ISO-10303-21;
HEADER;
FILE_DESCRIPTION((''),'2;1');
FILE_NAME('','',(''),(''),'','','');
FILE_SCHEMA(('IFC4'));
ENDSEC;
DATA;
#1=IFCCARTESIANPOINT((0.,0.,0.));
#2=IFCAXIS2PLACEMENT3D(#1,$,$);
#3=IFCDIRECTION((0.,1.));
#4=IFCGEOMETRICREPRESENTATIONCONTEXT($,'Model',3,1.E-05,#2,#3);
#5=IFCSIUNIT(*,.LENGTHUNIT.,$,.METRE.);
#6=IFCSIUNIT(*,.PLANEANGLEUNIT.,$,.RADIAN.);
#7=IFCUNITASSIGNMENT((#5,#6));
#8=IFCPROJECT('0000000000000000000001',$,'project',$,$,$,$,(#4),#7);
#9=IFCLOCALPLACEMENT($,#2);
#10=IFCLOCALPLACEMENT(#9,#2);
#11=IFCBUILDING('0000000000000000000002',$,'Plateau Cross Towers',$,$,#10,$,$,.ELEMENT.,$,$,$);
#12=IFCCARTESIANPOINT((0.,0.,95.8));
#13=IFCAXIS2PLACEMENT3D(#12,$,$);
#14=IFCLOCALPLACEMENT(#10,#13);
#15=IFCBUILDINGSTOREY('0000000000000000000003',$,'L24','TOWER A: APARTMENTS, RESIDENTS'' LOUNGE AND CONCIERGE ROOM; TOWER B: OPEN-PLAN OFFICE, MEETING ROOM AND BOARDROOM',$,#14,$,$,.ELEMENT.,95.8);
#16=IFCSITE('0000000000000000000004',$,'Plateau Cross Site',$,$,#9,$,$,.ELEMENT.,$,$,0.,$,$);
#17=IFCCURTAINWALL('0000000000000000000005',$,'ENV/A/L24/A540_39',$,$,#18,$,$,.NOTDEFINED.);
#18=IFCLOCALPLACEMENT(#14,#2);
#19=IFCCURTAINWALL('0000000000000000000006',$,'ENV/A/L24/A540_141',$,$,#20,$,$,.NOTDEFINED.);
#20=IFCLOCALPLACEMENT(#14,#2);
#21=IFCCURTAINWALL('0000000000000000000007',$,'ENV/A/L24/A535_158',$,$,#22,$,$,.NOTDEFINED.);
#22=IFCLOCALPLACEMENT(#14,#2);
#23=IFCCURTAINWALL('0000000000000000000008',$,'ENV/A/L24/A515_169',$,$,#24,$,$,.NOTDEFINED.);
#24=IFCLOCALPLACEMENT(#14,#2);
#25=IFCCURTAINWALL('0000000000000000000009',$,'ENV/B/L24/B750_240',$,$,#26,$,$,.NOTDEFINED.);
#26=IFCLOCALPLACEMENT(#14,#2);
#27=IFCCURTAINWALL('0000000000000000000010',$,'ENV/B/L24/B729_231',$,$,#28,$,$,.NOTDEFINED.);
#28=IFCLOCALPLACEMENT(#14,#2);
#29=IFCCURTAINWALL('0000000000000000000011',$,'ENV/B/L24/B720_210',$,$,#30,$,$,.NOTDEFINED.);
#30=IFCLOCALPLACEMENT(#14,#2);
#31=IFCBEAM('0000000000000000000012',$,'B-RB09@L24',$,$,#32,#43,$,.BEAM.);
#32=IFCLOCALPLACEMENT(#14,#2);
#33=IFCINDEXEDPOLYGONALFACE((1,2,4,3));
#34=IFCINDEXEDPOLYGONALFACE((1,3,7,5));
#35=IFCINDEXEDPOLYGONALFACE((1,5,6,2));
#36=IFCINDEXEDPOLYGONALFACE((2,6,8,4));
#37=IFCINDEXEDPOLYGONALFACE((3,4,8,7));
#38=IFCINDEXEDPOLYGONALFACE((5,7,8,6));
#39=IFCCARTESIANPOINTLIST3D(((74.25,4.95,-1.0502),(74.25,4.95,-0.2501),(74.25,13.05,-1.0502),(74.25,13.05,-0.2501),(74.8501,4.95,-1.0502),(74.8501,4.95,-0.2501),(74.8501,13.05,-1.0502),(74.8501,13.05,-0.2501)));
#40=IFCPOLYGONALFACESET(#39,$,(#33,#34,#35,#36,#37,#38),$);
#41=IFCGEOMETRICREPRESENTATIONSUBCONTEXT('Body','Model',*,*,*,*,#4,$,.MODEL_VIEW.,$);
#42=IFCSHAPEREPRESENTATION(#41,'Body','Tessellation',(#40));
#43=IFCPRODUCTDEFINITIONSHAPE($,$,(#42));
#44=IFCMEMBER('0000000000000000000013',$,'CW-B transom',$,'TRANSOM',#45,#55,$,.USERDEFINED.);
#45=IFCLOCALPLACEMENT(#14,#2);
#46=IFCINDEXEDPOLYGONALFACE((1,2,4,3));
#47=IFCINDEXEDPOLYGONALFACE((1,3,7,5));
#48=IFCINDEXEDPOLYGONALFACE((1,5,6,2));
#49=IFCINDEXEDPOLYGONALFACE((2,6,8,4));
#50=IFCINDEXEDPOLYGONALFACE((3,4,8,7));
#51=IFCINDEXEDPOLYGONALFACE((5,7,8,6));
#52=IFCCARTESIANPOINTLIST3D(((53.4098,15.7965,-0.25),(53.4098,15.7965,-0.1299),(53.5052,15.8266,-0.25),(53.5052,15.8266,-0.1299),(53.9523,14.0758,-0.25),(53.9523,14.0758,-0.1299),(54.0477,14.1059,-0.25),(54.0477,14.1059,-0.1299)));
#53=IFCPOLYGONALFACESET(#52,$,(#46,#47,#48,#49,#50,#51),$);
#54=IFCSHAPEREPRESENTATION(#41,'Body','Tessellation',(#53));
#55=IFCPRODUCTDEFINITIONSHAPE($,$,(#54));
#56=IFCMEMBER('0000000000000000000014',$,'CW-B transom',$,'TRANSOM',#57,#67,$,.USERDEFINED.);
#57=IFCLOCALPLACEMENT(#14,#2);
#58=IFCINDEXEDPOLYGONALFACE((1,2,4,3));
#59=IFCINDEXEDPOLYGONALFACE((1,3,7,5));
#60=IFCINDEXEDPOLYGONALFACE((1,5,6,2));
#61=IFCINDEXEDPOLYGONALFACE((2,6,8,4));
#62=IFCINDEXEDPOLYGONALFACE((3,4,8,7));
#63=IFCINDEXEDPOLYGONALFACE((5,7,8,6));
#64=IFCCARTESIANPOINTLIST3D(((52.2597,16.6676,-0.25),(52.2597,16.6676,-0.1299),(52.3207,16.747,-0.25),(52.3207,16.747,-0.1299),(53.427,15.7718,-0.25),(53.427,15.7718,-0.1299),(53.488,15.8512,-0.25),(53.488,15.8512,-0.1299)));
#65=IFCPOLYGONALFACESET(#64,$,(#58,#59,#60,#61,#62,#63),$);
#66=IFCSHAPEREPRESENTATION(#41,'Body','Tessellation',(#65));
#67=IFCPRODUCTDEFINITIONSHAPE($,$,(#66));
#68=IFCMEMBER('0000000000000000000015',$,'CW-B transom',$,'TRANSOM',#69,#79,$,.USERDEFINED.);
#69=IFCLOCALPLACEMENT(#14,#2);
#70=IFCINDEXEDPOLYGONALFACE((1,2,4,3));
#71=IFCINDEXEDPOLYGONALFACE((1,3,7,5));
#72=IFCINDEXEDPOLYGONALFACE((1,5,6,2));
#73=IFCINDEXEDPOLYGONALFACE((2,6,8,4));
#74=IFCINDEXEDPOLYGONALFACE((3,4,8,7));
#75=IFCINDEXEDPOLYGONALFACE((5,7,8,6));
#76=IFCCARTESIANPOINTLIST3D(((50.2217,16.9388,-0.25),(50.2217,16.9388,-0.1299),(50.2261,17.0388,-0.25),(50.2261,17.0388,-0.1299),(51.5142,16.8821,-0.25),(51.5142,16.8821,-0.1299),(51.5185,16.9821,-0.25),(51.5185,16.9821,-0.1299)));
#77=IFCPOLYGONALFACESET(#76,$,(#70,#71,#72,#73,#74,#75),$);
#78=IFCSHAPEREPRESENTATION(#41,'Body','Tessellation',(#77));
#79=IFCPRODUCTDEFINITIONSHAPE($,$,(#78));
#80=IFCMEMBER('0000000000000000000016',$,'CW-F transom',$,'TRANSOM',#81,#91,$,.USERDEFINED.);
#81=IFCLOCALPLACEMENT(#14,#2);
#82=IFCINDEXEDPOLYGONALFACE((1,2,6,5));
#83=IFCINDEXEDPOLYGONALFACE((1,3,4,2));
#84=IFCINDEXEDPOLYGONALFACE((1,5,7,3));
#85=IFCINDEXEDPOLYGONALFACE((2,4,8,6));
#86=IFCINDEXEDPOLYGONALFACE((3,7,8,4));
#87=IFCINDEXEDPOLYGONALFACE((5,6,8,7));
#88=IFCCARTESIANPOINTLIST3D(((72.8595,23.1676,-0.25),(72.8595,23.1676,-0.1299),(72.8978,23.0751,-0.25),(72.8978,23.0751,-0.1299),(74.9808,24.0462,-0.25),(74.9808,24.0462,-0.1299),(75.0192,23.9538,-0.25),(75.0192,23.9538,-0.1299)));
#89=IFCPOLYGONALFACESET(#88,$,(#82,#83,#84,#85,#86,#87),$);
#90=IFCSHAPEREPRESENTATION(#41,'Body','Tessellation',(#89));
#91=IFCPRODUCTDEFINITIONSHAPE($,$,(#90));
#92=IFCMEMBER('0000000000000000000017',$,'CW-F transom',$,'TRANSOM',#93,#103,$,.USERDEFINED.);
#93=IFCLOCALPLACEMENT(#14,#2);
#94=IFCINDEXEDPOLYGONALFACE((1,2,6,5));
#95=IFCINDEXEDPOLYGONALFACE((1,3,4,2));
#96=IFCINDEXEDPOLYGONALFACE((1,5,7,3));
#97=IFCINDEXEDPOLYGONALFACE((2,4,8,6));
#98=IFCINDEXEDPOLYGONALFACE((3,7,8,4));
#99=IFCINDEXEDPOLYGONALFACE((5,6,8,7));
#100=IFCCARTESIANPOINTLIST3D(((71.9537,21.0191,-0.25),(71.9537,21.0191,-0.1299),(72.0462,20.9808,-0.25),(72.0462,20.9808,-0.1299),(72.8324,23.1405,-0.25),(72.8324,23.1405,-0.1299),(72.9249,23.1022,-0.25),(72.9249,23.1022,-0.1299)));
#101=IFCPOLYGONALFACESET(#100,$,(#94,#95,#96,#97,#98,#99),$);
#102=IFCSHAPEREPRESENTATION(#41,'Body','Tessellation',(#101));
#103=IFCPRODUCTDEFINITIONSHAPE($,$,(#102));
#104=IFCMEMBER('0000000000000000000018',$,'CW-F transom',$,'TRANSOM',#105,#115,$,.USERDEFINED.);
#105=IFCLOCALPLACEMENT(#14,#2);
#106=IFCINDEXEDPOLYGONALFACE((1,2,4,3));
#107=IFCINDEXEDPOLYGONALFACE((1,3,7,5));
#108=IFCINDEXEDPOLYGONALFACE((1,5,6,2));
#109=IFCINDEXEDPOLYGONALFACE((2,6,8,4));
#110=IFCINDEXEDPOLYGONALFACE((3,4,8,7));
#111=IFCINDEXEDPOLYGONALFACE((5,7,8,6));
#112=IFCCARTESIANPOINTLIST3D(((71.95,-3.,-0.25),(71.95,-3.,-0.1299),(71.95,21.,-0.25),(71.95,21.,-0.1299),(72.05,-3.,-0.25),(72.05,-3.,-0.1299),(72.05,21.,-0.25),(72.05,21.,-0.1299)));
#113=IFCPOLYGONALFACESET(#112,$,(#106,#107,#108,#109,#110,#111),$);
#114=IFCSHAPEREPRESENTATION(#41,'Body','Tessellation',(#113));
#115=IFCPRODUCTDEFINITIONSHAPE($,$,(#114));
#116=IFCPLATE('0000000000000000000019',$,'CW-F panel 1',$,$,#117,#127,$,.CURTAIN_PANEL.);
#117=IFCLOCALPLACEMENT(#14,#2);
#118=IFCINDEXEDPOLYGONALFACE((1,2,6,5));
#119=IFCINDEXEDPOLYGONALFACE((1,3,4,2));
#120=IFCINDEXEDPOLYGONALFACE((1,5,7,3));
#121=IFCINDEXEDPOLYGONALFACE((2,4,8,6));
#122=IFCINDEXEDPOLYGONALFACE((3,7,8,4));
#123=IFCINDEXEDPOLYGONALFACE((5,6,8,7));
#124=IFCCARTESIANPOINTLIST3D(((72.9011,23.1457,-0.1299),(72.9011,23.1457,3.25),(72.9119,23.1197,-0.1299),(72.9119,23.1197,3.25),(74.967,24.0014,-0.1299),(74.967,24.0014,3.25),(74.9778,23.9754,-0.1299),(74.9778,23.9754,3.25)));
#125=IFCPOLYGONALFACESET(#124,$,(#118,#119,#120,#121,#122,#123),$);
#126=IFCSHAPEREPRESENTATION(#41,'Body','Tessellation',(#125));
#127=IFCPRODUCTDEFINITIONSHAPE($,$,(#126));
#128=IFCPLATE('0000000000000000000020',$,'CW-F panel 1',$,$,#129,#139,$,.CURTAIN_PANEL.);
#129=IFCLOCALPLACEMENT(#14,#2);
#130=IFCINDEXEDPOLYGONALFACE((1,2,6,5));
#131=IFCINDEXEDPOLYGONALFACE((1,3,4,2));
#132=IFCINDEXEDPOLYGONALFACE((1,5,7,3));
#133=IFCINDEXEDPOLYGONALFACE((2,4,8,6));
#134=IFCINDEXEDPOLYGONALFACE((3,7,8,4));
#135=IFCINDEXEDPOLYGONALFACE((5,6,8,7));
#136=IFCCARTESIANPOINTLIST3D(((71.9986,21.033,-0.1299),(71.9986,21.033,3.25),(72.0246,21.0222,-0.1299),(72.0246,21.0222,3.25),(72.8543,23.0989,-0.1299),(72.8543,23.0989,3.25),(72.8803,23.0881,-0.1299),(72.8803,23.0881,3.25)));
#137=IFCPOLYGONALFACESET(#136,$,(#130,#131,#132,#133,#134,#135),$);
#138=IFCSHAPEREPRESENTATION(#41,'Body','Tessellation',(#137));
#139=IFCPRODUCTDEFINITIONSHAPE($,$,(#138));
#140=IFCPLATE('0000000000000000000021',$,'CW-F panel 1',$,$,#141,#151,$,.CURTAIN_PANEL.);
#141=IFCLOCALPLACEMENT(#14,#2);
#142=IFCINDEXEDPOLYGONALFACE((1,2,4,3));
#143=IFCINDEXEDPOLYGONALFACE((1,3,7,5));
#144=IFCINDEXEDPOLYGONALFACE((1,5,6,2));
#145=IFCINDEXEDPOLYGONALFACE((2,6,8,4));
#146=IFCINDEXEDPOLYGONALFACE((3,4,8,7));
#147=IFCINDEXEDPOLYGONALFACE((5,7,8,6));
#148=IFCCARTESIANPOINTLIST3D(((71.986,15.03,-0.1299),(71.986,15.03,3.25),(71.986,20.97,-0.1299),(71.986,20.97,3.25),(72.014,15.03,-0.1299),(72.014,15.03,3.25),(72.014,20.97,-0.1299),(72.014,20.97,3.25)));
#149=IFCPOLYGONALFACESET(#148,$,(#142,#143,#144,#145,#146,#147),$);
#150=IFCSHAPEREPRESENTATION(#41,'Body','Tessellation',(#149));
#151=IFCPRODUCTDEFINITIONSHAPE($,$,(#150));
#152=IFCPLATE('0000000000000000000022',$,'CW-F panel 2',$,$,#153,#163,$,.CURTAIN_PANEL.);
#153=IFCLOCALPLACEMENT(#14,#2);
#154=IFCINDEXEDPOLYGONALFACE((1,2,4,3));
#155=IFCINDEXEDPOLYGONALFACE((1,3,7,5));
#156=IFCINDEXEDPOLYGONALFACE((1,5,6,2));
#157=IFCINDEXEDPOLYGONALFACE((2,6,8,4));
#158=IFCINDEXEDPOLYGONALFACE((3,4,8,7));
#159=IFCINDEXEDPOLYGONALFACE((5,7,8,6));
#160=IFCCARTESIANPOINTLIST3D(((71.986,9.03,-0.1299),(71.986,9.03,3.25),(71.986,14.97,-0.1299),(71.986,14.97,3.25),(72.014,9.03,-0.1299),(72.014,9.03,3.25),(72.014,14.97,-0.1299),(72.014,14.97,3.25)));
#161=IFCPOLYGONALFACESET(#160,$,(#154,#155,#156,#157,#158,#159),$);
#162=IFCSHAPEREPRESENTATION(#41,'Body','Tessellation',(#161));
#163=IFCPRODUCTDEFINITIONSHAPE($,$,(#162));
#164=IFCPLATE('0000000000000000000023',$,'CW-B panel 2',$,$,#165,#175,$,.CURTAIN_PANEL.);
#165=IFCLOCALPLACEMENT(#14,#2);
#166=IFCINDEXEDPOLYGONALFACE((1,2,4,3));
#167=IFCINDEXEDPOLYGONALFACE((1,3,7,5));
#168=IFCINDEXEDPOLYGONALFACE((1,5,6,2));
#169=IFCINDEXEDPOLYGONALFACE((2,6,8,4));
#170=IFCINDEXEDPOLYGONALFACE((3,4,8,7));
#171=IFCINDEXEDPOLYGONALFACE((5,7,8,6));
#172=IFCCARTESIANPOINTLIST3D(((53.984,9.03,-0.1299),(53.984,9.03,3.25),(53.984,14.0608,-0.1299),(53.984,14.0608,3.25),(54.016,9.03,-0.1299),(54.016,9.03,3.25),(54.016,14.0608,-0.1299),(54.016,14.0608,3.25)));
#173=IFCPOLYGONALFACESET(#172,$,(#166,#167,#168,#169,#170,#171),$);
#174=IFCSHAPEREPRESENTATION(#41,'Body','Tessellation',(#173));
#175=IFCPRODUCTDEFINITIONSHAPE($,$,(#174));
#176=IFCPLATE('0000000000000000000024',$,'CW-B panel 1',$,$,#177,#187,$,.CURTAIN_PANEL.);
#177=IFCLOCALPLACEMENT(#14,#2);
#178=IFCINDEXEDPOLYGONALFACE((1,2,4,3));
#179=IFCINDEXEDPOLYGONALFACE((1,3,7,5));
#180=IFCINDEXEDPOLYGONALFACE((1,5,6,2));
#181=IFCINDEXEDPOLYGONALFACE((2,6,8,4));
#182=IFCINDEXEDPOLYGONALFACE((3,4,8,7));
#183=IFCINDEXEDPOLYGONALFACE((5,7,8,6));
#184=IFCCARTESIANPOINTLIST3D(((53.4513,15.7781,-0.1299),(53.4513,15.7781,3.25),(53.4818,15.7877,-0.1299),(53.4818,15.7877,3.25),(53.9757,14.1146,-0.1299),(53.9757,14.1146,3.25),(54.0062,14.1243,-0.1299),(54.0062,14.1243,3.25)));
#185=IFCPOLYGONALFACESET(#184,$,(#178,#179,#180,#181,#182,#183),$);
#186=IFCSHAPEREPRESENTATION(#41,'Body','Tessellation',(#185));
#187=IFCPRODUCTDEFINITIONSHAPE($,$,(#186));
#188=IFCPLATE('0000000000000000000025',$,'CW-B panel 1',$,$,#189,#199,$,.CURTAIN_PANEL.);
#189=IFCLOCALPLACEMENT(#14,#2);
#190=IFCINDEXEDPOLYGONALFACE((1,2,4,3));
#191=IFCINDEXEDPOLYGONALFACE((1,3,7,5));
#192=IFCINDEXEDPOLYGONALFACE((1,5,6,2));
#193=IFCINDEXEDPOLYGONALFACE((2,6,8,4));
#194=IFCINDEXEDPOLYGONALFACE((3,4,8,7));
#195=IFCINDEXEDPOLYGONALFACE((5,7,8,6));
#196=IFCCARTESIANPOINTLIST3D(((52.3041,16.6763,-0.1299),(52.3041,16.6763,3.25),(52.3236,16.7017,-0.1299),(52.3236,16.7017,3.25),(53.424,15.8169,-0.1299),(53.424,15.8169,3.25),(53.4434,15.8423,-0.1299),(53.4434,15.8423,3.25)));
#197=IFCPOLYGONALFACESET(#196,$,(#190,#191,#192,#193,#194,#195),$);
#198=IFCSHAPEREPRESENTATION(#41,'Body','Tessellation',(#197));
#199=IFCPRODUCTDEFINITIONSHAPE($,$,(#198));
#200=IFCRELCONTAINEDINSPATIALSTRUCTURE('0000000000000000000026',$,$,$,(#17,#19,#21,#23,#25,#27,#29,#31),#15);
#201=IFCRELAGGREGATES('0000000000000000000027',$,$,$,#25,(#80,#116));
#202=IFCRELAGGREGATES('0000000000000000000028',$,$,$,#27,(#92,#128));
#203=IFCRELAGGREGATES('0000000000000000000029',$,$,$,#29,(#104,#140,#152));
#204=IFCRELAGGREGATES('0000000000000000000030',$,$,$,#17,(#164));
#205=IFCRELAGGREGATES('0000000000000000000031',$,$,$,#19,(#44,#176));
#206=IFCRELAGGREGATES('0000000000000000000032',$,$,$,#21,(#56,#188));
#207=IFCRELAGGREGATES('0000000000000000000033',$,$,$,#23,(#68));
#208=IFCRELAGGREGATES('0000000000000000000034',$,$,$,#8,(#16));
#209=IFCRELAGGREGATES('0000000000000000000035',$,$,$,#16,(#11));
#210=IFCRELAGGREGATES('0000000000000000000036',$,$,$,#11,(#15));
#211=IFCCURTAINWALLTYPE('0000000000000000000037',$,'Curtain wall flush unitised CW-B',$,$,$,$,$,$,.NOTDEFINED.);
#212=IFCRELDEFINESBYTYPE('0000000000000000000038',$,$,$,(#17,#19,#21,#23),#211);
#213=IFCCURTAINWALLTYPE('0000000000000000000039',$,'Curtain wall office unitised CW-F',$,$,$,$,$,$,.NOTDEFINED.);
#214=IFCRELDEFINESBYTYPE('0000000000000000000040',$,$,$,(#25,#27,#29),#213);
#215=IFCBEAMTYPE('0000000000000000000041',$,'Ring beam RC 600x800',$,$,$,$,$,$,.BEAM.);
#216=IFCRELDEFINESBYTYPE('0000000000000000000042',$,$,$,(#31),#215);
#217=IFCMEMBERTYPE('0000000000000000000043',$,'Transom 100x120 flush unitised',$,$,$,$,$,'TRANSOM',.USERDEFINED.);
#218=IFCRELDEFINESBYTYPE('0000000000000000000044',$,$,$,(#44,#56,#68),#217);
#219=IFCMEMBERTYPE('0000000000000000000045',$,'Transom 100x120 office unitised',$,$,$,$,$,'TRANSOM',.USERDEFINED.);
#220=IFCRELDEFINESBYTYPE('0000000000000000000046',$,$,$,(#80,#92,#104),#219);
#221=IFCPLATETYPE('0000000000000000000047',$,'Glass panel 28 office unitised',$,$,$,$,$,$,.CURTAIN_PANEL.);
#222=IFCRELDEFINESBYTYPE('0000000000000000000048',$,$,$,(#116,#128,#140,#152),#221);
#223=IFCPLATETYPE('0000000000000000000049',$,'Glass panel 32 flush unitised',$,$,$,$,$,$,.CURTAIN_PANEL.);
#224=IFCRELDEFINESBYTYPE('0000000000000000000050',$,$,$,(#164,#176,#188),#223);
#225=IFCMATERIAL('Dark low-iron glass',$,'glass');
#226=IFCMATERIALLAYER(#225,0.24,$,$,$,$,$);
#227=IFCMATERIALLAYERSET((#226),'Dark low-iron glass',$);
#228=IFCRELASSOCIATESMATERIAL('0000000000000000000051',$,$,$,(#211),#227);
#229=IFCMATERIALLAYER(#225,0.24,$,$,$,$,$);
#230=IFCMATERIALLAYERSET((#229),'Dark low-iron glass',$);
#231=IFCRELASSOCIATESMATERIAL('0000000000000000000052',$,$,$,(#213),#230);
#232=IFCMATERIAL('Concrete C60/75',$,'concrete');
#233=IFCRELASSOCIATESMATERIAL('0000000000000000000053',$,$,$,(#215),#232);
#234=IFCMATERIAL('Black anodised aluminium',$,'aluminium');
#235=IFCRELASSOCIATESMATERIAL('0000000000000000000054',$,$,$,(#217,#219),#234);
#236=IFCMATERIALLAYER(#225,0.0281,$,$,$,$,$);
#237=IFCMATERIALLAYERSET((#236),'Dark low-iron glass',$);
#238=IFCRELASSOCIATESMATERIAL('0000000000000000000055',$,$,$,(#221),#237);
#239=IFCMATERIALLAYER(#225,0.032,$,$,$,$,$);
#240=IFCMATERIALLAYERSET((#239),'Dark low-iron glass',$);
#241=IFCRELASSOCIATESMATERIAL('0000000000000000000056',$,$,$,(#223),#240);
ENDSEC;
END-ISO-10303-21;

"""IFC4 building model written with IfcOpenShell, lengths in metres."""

from ifc_helpers import new_model, si_unit, direction, frame, origin, origin_2d, place, context, subcontext, project, spatial, rectangle, extrude, material, layer, layer_set, material_profile, profile_set, type_object, element, aggregate, save


model = new_model("IFC4")

# Units and contexts
model_context = context("Model", 3, precision=1e-05, world=origin(), true_north=direction((0.0, 1.0)))
body_context = subcontext(model_context, "Body", "Model", "MODEL_VIEW")
ifc_project = project(units=[si_unit("LENGTHUNIT", "METRE"), si_unit("PLANEANGLEUNIT", "RADIAN")], contexts=[model_context])

# Site, building, storey
site_placement = place(None, origin())
site = spatial("IfcSite", under=ifc_project, at=site_placement, Name="Plateau Cross Site", CompositionType="ELEMENT", RefElevation=0.0)
building_placement = place(site_placement, origin())
building = spatial("IfcBuilding", under=site, at=building_placement, Name="Plateau Cross Towers", CompositionType="ELEMENT")
storey_placement = place(building_placement, frame((0.0, 0.0, 95.8)))
storey = spatial("IfcBuildingStorey", under=building, at=storey_placement, Name="L24", Description="TOWER A: APARTMENTS, RESIDENTS' LOUNGE AND CONCIERGE ROOM; TOWER B: OPEN-PLAN OFFICE, MEETING ROOM AND BOARDROOM", CompositionType="ELEMENT", Elevation=95.8)

# Shared definitions
ifc_material_1 = material(Name="Concrete C60/75", Category="concrete")

# Curtain walls
ifc_material_2 = material(Name="Dark low-iron glass", Category="glass")
ifc_layer_1 = layer(ifc_material_2, 0.24)
ifc_layer_set_1 = layer_set([ifc_layer_1], Name="Dark low-iron glass")
curtain_wall_type_1 = type_object("IfcCurtainWallType", Name="Curtain wall flush unitised CW-B", PredefinedType="NOTDEFINED", material=ifc_layer_set_1)
curtain_wall_1_placement = place(storey_placement, origin())
curtain_wall_1 = element("IfcCurtainWall", 1, at=curtain_wall_1_placement, inside=storey, type_object=curtain_wall_type_1, Name="ENV/A/L24/A540_39", PredefinedType="NOTDEFINED")
ifc_material_3 = material(Name="Black anodised aluminium", Category="aluminium")
curtain_wall_2_placement = place(storey_placement, origin())
curtain_wall_2 = element("IfcCurtainWall", 2, at=curtain_wall_2_placement, inside=storey, type_object=curtain_wall_type_1, Name="ENV/A/L24/A540_141", PredefinedType="NOTDEFINED")

# Curtain wall
curtain_wall_3_placement = place(storey_placement, origin())
curtain_wall_3 = element("IfcCurtainWall", 3, at=curtain_wall_3_placement, inside=storey, type_object=curtain_wall_type_1, Name="ENV/A/L24/A535_158", PredefinedType="NOTDEFINED")

# Curtain walls
curtain_wall_4_placement = place(storey_placement, origin())
curtain_wall_4 = element("IfcCurtainWall", 4, at=curtain_wall_4_placement, inside=storey, type_object=curtain_wall_type_1, Name="ENV/A/L24/A515_169", PredefinedType="NOTDEFINED")
ifc_layer_2 = layer(ifc_material_2, 0.24)
ifc_layer_set_2 = layer_set([ifc_layer_2], Name="Dark low-iron glass")
curtain_wall_type_2 = type_object("IfcCurtainWallType", Name="Curtain wall office unitised CW-F", PredefinedType="NOTDEFINED", material=ifc_layer_set_2)
curtain_wall_5_placement = place(storey_placement, origin())
curtain_wall_5 = element("IfcCurtainWall", 5, at=curtain_wall_5_placement, inside=storey, type_object=curtain_wall_type_2, Name="ENV/B/L24/B750_240", PredefinedType="NOTDEFINED")
curtain_wall_6_placement = place(storey_placement, origin())
curtain_wall_6 = element("IfcCurtainWall", 6, at=curtain_wall_6_placement, inside=storey, type_object=curtain_wall_type_2, Name="ENV/B/L24/B729_231", PredefinedType="NOTDEFINED")

# Curtain wall
curtain_wall_7_placement = place(storey_placement, origin())
curtain_wall_7 = element("IfcCurtainWall", 7, at=curtain_wall_7_placement, inside=storey, type_object=curtain_wall_type_2, Name="ENV/B/L24/B720_210", PredefinedType="NOTDEFINED")

# Beam
ifc_material_profile_1 = material_profile(ifc_material_1, rectangle(XDim=0.6001, YDim=0.8, at=origin_2d()), Name="RC 600x800")
ifc_profile_set_1 = profile_set([ifc_material_profile_1], Name="Concrete C60/75")
beam_type = type_object("IfcBeamType", Name="Ring beam RC 600x800", PredefinedType="BEAM", material=ifc_profile_set_1)
for number, where, z_axis, x_axis, name in (
    (8, (74.55, 13.05, -0.6501), (0.0, -1.0, 0.0), (1.0, 0.0, 0.0), "B-RB09@L24"),
):
    element("IfcBeam", number, at=place(storey_placement, frame(where, z_axis=z_axis, x_axis=x_axis)), inside=storey, type_object=beam_type, Name=name, PredefinedType="BEAM", context=body_context, shape_type="SweptSolid", body=[
        extrude(rectangle(XDim=0.6001, YDim=0.8, at=origin_2d()), origin(), (0.0, 0.0, 1.0), 8.1001),
    ])

# Members
ifc_material_profile_2 = material_profile(ifc_material_3, rectangle(XDim=0.1001, YDim=0.1201, at=origin_2d()), Name="TRANSOM 100x120")
ifc_profile_set_2 = profile_set([ifc_material_profile_2], Name="Black anodised aluminium")
member_type_1 = type_object("IfcMemberType", Name="Transom 100x120 flush unitised", ElementType="TRANSOM", PredefinedType="USERDEFINED", material=ifc_profile_set_2)
member_1_placement = place(storey_placement, frame((54.0, 14.0908, -0.1899), z_axis=(-0.300678, 0.953726, 0.0), x_axis=(-0.953726, -0.300678, 0.0)))
member_1 = element("IfcMember", 9, at=member_1_placement, type_object=member_type_1, Name="CW-B transom", ObjectType="TRANSOM", PredefinedType="USERDEFINED", context=body_context, shape_type="SweptSolid", body=[
    extrude(rectangle(XDim=0.1001, YDim=0.1201, at=origin_2d()), origin(), (0.0, 0.0, 1.0), 1.8042),
])
member_2_placement = place(storey_placement, frame((53.4575, 15.8115, -0.1899), z_axis=(-0.793321, 0.608804, 0.0), x_axis=(-0.608804, -0.793321, 0.0)))
member_2 = element("IfcMember", 10, at=member_2_placement, type_object=member_type_1, Name="CW-B transom", ObjectType="TRANSOM", PredefinedType="USERDEFINED", context=body_context, shape_type="SweptSolid", body=[
    extrude(rectangle(XDim=0.1001, YDim=0.1201, at=origin_2d()), origin(), (0.0, 0.0, 1.0), 1.4714),
])
member_3_placement = place(storey_placement, frame((51.5164, 16.9321, -0.1899), z_axis=(-0.999041, 0.043781, 0.0), x_axis=(-0.043781, -0.999041, 0.0)))
member_3 = element("IfcMember", 11, at=member_3_placement, type_object=member_type_1, Name="CW-B transom", ObjectType="TRANSOM", PredefinedType="USERDEFINED", context=body_context, shape_type="SweptSolid", body=[
    extrude(rectangle(XDim=0.1001, YDim=0.1201, at=origin_2d()), origin(), (0.0, 0.0, 1.0), 1.2937),
])
ifc_material_profile_3 = material_profile(ifc_material_3, rectangle(XDim=0.1001, YDim=0.1201, at=origin_2d()), Name="TRANSOM 100x120")
ifc_profile_set_3 = profile_set([ifc_material_profile_3], Name="Black anodised aluminium")
member_type_2 = type_object("IfcMemberType", Name="Transom 100x120 office unitised", ElementType="TRANSOM", PredefinedType="USERDEFINED", material=ifc_profile_set_3)
member_4_placement = place(storey_placement, frame((75.0, 24.0, -0.1899), z_axis=(-0.923883, -0.382674, 0.0), x_axis=(0.382674, -0.923883, 0.0)))
member_4 = element("IfcMember", 12, at=member_4_placement, type_object=member_type_2, Name="CW-F transom", ObjectType="TRANSOM", PredefinedType="USERDEFINED", context=body_context, shape_type="SweptSolid", body=[
    extrude(rectangle(XDim=0.1001, YDim=0.1201, at=origin_2d()), origin(), (0.0, 0.0, 1.0), 2.2961),
])
member_5_placement = place(storey_placement, frame((72.8787, 23.1213, -0.1899), z_axis=(-0.382674, -0.923883, 0.0), x_axis=(0.923883, -0.382674, 0.0)))
member_5 = element("IfcMember", 13, at=member_5_placement, type_object=member_type_2, Name="CW-F transom", ObjectType="TRANSOM", PredefinedType="USERDEFINED", context=body_context, shape_type="SweptSolid", body=[
    extrude(rectangle(XDim=0.1001, YDim=0.1201, at=origin_2d()), origin(), (0.0, 0.0, 1.0), 2.2961),
])
member_6_placement = place(storey_placement, frame((72.0, 21.0, -0.1899), z_axis=(0.0, -1.0, 0.0), x_axis=(1.0, 0.0, 0.0)))
member_6 = element("IfcMember", 14, at=member_6_placement, type_object=member_type_2, Name="CW-F transom", ObjectType="TRANSOM", PredefinedType="USERDEFINED", context=body_context, shape_type="SweptSolid", body=[
    extrude(rectangle(XDim=0.1001, YDim=0.1201, at=origin_2d()), origin(), (0.0, 0.0, 1.0), 24.0),
])

# Plates
ifc_layer_3 = layer(ifc_material_2, 0.0281)
ifc_layer_set_3 = layer_set([ifc_layer_3], Name="Dark low-iron glass")
plate_type_1 = type_object("IfcPlateType", Name="Glass panel 28 office unitised", PredefinedType="CURTAIN_PANEL", material=ifc_layer_set_3)
plate_1_placement = place(storey_placement, frame((73.9395, 23.5605, -0.1299), z_axis=(0.0, 0.0, 1.0), x_axis=(-0.923879, -0.382684, 0.0)))
plate_1 = element("IfcPlate", 15, at=plate_1_placement, type_object=plate_type_1, Name="CW-F panel 1", PredefinedType="CURTAIN_PANEL", context=body_context, shape_type="SweptSolid", body=[
    extrude(rectangle(XDim=2.2361, YDim=0.0281, at=origin_2d()), origin(), (0.0, 0.0, 1.0), 3.3799),
])
aggregate(curtain_wall_5, [member_4, plate_1])
plate_2_placement = place(storey_placement, frame((72.4395, 22.0605, -0.1299), z_axis=(0.0, 0.0, 1.0), x_axis=(-0.382684, -0.923879, 0.0)))
plate_2 = element("IfcPlate", 16, at=plate_2_placement, type_object=plate_type_1, Name="CW-F panel 1", PredefinedType="CURTAIN_PANEL", context=body_context, shape_type="SweptSolid", body=[
    extrude(rectangle(XDim=2.2361, YDim=0.0281, at=origin_2d()), origin(), (0.0, 0.0, 1.0), 3.3799),
])
aggregate(curtain_wall_6, [member_5, plate_2])
plate_3_placement = place(storey_placement, frame((72.0, 18.0, -0.1299), z_axis=(0.0, 0.0, 1.0), x_axis=(0.0, -1.0, 0.0)))
plate_3 = element("IfcPlate", 17, at=plate_3_placement, type_object=plate_type_1, Name="CW-F panel 1", PredefinedType="CURTAIN_PANEL", context=body_context, shape_type="SweptSolid", body=[
    extrude(rectangle(XDim=5.9399, YDim=0.0281, at=origin_2d()), origin(), (0.0, 0.0, 1.0), 3.3799),
])
plate_4_placement = place(storey_placement, frame((72.0, 12.0, -0.1299), z_axis=(0.0, 0.0, 1.0), x_axis=(0.0, -1.0, 0.0)))
plate_4 = element("IfcPlate", 18, at=plate_4_placement, type_object=plate_type_1, Name="CW-F panel 2", PredefinedType="CURTAIN_PANEL", context=body_context, shape_type="SweptSolid", body=[
    extrude(rectangle(XDim=5.9399, YDim=0.0281, at=origin_2d()), origin(), (0.0, 0.0, 1.0), 3.3799),
])
aggregate(curtain_wall_7, [member_6, plate_3, plate_4])
ifc_layer_4 = layer(ifc_material_2, 0.032)
ifc_layer_set_4 = layer_set([ifc_layer_4], Name="Dark low-iron glass")
plate_type_2 = type_object("IfcPlateType", Name="Glass panel 32 flush unitised", PredefinedType="CURTAIN_PANEL", material=ifc_layer_set_4)
plate_5_placement = place(storey_placement, frame((54.0, 11.5454, -0.1299), z_axis=(0.0, 0.0, 1.0), x_axis=(0.0, 1.0, 0.0)))
plate_5 = element("IfcPlate", 19, at=plate_5_placement, type_object=plate_type_2, Name="CW-B panel 2", PredefinedType="CURTAIN_PANEL", context=body_context, shape_type="SweptSolid", body=[
    extrude(rectangle(XDim=5.0308, YDim=0.032, at=origin_2d()), origin(), (0.0, 0.0, 1.0), 3.3799),
])
aggregate(curtain_wall_1, [plate_5])
plate_6_placement = place(storey_placement, frame((53.7288, 14.9512, -0.1299), z_axis=(0.0, 0.0, 1.0), x_axis=(-0.300686, 0.953723, 0.0)))
plate_6 = element("IfcPlate", 20, at=plate_6_placement, type_object=plate_type_2, Name="CW-B panel 1", PredefinedType="CURTAIN_PANEL", context=body_context, shape_type="SweptSolid", body=[
    extrude(rectangle(XDim=1.7441, YDim=0.032, at=origin_2d()), origin(), (0.0, 0.0, 1.0), 3.3799),
])
aggregate(curtain_wall_2, [member_1, plate_6])
plate_7_placement = place(storey_placement, frame((52.8738, 16.2593, -0.1299), z_axis=(0.0, 0.0, 1.0), x_axis=(-0.793316, 0.608811, 0.0)))
plate_7 = element("IfcPlate", 21, at=plate_7_placement, type_object=plate_type_2, Name="CW-B panel 1", PredefinedType="CURTAIN_PANEL", context=body_context, shape_type="SweptSolid", body=[
    extrude(rectangle(XDim=1.4116, YDim=0.032, at=origin_2d()), origin(), (0.0, 0.0, 1.0), 3.3799),
])
aggregate(curtain_wall_3, [member_2, plate_7])
aggregate(curtain_wall_4, [member_3])

save(model, "model.ifc")
